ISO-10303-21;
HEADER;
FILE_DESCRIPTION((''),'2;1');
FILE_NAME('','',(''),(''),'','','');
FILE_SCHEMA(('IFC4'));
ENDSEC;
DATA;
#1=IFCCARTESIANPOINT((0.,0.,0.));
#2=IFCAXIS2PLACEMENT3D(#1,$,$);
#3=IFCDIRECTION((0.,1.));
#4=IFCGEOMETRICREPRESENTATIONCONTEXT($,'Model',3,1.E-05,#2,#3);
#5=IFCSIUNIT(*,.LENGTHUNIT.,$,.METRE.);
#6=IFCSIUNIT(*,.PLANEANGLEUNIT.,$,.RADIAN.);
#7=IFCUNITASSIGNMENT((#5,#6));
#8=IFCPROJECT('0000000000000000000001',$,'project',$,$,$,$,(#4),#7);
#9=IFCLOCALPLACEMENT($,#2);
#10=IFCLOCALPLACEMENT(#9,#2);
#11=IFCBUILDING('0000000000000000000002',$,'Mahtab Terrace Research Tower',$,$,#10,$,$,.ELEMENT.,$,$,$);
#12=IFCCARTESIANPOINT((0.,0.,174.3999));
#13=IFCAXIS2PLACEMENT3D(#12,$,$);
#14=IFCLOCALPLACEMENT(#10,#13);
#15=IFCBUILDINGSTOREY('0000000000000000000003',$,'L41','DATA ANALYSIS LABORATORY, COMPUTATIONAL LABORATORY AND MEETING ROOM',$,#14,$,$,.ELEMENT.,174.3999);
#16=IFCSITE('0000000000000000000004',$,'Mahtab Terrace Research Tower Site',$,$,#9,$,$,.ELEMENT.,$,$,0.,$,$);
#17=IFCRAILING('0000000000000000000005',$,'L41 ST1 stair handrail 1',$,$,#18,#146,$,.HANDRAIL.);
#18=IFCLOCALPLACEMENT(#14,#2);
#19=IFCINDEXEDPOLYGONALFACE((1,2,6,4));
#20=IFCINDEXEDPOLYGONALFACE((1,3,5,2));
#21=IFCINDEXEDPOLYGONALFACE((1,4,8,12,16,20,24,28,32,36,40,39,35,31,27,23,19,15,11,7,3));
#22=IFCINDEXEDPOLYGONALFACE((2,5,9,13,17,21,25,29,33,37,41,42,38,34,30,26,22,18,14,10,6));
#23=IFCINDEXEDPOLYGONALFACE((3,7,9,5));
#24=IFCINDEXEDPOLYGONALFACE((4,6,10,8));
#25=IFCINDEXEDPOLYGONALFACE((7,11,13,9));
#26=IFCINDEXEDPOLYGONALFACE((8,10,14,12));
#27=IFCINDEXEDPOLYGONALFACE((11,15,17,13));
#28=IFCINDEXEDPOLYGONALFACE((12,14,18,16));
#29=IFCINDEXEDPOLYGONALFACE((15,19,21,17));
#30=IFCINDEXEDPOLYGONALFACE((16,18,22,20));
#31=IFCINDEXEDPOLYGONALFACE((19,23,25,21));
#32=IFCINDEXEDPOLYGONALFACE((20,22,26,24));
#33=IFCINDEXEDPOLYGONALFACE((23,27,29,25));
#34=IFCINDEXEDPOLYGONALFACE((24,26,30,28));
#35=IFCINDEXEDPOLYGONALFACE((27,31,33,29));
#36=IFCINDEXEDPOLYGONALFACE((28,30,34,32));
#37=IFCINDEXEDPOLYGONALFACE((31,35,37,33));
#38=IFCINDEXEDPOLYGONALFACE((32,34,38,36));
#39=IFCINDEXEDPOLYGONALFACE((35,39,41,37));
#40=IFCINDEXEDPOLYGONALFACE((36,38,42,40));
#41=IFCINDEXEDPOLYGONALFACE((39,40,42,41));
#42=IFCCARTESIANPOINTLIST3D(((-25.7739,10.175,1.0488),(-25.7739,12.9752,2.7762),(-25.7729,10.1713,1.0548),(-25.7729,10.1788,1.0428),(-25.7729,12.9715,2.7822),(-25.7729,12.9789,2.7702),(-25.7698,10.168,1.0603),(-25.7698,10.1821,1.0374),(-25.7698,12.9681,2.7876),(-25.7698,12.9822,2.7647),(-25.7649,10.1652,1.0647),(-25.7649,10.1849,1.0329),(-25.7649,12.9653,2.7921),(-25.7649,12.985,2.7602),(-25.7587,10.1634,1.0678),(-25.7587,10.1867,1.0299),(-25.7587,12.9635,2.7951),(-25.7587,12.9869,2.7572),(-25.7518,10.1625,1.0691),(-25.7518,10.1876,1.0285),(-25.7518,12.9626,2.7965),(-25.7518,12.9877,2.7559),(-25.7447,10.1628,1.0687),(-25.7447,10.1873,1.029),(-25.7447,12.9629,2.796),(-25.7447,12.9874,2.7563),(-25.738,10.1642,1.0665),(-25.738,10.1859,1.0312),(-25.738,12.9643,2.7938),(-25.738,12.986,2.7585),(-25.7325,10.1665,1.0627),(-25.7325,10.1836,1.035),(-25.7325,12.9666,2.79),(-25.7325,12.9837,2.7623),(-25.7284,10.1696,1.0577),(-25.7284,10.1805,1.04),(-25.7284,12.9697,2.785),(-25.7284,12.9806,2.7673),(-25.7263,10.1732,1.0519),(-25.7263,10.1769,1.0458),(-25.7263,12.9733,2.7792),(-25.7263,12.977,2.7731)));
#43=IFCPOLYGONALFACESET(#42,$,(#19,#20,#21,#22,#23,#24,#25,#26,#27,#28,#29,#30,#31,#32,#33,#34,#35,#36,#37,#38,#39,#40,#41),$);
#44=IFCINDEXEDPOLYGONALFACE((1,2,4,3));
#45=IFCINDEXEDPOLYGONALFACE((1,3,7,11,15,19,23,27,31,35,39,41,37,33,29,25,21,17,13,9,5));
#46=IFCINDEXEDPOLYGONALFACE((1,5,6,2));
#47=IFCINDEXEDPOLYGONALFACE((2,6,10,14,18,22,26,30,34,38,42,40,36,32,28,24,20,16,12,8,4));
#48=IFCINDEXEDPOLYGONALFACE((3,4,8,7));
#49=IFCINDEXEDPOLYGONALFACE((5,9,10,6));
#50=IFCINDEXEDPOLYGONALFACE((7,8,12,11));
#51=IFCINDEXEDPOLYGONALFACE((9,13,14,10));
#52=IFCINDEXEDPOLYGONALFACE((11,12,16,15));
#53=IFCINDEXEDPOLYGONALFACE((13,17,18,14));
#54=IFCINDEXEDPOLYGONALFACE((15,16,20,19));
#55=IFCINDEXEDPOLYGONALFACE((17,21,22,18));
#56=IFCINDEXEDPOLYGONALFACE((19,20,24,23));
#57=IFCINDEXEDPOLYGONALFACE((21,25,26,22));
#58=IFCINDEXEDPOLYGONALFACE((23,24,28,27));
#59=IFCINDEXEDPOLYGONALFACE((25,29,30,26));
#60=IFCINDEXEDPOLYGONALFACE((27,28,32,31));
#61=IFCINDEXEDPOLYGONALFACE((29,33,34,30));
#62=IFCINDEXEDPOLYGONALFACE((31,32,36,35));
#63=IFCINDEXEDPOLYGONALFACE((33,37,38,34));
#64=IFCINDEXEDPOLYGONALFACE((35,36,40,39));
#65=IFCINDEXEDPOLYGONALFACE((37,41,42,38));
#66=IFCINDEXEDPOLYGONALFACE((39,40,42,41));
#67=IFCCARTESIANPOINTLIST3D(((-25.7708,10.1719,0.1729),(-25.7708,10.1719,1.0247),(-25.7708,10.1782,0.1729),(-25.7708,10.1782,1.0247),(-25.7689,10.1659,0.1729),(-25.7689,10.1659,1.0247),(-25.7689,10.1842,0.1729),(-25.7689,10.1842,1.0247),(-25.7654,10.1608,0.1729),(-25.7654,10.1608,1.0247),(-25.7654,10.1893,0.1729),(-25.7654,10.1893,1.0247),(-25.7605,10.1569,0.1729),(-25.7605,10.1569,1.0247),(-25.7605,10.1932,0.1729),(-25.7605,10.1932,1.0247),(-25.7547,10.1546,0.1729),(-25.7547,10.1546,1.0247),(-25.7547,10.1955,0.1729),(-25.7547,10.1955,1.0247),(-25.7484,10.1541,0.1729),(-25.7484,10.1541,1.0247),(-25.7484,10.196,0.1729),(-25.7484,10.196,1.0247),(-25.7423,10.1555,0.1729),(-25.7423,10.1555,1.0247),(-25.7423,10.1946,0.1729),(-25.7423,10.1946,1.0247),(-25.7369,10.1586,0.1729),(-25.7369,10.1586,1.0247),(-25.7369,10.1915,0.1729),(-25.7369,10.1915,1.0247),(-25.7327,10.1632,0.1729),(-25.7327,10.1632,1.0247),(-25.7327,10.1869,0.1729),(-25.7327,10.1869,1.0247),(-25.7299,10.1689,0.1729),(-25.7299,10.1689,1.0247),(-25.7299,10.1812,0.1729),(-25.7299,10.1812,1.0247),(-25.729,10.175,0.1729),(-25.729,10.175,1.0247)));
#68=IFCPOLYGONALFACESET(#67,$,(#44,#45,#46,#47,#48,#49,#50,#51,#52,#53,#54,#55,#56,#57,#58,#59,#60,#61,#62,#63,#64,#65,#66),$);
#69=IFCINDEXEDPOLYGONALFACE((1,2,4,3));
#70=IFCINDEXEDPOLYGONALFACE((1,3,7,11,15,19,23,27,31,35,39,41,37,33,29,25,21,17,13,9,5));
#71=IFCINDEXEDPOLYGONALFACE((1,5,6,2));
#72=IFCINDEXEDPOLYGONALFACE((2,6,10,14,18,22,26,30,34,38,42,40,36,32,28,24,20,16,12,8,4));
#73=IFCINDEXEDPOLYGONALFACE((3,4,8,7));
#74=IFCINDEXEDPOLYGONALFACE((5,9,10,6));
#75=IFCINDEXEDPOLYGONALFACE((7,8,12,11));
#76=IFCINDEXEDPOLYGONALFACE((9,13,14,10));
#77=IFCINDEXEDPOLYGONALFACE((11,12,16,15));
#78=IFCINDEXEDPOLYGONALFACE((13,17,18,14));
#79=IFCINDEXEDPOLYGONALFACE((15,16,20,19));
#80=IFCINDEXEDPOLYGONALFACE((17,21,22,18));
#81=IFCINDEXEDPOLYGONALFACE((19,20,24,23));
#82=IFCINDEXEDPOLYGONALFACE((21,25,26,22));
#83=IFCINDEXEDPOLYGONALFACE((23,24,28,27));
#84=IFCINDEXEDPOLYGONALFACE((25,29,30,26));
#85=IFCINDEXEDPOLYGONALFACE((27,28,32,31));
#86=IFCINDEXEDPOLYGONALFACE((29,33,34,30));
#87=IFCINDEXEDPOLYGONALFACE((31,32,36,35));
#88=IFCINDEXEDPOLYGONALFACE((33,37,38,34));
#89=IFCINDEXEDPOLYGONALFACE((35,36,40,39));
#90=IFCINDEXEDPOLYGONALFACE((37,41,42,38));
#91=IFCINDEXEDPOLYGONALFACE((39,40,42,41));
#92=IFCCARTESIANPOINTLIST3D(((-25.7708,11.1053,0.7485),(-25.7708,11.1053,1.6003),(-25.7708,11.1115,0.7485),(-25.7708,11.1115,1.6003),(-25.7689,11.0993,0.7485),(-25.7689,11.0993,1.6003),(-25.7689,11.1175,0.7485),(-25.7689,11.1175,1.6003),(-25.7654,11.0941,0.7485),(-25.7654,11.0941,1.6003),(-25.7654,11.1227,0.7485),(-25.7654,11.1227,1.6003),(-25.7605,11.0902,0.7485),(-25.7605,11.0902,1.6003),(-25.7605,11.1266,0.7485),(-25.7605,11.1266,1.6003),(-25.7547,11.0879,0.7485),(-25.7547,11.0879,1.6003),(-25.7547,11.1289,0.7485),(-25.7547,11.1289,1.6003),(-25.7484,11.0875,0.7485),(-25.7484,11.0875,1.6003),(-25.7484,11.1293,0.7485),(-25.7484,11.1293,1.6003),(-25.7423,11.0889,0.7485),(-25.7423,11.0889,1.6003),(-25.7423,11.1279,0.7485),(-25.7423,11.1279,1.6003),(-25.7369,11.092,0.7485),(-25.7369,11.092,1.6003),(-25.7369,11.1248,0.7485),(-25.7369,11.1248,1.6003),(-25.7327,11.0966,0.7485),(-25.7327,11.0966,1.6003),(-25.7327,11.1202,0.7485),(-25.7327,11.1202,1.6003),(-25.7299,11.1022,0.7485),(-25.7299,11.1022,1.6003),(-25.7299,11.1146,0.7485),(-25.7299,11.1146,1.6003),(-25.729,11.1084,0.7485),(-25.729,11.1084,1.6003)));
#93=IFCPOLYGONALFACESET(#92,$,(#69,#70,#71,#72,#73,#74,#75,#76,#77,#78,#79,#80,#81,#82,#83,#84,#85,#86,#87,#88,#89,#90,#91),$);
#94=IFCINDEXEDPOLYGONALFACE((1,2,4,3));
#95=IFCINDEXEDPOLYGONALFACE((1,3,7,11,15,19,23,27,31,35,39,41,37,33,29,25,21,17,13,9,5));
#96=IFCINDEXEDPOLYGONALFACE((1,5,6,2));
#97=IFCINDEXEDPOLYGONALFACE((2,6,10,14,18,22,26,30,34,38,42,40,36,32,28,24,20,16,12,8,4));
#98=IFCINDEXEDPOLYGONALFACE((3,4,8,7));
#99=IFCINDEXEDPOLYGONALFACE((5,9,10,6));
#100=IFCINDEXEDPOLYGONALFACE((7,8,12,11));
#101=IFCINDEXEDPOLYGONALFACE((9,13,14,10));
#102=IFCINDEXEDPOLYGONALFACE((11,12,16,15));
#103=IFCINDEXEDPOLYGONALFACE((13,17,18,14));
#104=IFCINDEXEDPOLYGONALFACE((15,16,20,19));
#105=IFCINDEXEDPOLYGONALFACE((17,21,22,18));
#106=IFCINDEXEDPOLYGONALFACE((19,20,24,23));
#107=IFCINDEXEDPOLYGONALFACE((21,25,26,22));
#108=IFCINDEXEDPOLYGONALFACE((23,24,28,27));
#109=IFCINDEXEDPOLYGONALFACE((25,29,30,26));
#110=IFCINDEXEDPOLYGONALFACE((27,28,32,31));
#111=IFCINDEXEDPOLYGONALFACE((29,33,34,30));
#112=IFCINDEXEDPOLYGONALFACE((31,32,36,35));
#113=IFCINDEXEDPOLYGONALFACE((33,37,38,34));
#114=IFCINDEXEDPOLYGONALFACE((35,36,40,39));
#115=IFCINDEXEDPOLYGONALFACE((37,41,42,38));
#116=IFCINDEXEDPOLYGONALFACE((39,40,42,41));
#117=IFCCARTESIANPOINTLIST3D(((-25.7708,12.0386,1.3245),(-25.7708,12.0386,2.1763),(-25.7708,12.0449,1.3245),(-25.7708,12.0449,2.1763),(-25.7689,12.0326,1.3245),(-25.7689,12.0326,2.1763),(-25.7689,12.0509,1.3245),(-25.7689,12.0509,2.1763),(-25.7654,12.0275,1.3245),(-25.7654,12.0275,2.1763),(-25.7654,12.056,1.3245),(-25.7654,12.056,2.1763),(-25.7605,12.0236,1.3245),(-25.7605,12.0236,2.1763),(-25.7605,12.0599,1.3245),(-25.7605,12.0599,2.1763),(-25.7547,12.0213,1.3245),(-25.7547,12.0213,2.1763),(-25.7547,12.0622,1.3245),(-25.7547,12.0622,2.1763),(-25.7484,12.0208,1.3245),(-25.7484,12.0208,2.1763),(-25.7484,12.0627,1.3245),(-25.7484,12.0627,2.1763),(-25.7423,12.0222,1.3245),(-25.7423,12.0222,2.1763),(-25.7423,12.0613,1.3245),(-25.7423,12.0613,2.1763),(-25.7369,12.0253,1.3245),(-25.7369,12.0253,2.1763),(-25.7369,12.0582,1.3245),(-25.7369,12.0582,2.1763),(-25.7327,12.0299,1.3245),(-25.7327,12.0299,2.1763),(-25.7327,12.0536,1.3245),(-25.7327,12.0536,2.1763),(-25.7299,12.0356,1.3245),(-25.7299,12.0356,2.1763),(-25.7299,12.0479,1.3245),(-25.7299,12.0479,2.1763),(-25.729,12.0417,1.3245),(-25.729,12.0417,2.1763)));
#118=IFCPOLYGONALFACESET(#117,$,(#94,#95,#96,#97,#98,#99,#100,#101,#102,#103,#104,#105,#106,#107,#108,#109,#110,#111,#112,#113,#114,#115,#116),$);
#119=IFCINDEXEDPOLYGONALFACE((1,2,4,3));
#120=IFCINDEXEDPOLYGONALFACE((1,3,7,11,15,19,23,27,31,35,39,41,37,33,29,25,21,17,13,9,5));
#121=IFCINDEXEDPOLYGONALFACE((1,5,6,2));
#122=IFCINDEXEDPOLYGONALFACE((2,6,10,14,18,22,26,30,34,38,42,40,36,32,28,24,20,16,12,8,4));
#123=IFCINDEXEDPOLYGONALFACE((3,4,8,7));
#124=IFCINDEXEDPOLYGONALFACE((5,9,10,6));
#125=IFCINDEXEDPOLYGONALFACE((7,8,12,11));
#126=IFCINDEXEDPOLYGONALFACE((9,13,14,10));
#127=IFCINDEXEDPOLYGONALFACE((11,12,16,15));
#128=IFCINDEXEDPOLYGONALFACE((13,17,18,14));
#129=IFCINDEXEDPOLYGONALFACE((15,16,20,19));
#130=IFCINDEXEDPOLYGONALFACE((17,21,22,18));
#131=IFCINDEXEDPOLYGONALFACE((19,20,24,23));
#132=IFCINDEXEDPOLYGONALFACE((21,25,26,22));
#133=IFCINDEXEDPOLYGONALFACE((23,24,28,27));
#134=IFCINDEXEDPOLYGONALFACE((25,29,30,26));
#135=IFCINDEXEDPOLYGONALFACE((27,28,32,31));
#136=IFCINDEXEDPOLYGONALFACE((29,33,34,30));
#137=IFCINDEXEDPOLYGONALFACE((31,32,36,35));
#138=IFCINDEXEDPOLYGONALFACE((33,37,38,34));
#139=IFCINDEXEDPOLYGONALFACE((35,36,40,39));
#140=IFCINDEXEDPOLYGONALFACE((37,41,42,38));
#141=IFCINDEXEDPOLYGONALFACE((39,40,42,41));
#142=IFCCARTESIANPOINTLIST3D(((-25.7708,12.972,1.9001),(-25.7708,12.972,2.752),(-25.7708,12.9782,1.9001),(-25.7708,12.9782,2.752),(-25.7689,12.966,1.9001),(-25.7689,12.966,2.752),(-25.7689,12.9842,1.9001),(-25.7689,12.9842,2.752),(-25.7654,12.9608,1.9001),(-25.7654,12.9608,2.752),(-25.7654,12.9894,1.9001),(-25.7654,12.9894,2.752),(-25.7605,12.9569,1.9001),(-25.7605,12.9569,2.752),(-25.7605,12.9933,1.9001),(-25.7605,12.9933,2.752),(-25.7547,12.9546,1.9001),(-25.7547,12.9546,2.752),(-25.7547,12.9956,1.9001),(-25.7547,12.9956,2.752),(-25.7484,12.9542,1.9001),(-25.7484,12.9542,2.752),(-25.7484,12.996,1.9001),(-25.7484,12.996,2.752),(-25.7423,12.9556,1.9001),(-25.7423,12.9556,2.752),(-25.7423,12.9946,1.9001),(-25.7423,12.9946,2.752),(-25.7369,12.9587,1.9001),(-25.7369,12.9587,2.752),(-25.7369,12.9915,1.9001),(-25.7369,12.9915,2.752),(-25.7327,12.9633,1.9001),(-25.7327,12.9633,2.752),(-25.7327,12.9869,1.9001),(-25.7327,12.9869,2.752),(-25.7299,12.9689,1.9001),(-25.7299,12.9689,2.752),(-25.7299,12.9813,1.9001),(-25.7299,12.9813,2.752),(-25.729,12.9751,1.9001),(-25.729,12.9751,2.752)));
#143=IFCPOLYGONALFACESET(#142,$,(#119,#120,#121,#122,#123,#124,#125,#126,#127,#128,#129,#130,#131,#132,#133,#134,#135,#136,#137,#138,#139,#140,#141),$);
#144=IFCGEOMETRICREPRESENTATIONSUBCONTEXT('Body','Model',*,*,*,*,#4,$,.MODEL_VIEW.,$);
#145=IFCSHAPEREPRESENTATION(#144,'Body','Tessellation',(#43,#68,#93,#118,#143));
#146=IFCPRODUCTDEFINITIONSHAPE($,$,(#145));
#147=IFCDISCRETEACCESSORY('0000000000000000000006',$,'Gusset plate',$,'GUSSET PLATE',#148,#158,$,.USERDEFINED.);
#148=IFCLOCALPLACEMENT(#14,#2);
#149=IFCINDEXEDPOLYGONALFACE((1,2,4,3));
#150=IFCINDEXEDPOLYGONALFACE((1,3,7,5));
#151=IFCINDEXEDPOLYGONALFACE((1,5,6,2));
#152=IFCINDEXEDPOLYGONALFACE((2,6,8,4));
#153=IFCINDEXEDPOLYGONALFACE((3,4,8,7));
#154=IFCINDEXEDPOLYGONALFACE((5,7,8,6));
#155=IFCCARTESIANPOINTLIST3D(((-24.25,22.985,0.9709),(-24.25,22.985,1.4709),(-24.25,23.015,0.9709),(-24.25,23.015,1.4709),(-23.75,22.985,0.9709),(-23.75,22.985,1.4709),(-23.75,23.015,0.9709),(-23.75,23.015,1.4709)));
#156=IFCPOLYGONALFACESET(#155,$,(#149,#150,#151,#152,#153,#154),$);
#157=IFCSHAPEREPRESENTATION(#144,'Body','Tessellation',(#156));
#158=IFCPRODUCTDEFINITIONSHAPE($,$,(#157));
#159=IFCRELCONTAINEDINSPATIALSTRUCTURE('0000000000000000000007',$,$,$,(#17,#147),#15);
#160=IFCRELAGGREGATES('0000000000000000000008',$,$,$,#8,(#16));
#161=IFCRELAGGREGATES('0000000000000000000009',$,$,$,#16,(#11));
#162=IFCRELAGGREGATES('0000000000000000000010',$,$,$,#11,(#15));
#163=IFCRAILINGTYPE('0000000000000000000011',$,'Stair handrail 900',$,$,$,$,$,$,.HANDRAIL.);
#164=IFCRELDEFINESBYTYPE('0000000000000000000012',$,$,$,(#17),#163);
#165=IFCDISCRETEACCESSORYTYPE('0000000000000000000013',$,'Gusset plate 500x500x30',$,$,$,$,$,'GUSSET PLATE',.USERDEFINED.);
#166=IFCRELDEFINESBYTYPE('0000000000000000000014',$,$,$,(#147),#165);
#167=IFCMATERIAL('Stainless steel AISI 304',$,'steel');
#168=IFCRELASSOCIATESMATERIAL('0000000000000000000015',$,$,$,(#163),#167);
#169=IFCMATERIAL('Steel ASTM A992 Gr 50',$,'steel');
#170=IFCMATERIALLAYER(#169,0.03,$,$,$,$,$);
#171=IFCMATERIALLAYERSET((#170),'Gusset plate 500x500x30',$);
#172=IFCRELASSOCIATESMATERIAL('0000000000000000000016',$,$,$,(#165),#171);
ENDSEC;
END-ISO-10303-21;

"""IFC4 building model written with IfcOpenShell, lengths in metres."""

from ifc_helpers import new_model, si_unit, direction, frame, origin, origin_2d, place, context, subcontext, project, spatial, rectangle, circle, extrude, material, layer, layer_set, type_object, element, save


model = new_model("IFC4")

# Units and contexts
model_context = context("Model", 3, precision=1e-05, world=origin(), true_north=direction((0.0, 1.0)))
body_context = subcontext(model_context, "Body", "Model", "MODEL_VIEW")
ifc_project = project(units=[si_unit("LENGTHUNIT", "METRE"), si_unit("PLANEANGLEUNIT", "RADIAN")], contexts=[model_context])

# Site, building, storey
site_placement = place(None, origin())
site = spatial("IfcSite", under=ifc_project, at=site_placement, Name="Mahtab Terrace Research Tower Site", CompositionType="ELEMENT", RefElevation=0.0)
building_placement = place(site_placement, origin())
building = spatial("IfcBuilding", under=site, at=building_placement, Name="Mahtab Terrace Research Tower", CompositionType="ELEMENT")
storey_placement = place(building_placement, frame((0.0, 0.0, 174.3999)))
storey = spatial("IfcBuildingStorey", under=building, at=storey_placement, Name="L41", Description="DATA ANALYSIS LABORATORY, COMPUTATIONAL LABORATORY AND MEETING ROOM", CompositionType="ELEMENT", Elevation=174.3999)

# Railing
ifc_material_1 = material(Name="Stainless steel AISI 304", Category="steel")
railing_type_1 = type_object("IfcRailingType", Name="Stair handrail 900", PredefinedType="HANDRAIL", material=ifc_material_1)
railing_1_placement = place(storey_placement, frame((-25.75, 10.175, 0.1729)))
element("IfcRailing", 1, at=railing_1_placement, inside=storey, type_object=railing_type_1, Name="L41 ST1 stair handrail 1", PredefinedType="HANDRAIL", context=body_context, shape_type="SweptSolid", body=[
    extrude(circle(Radius=0.0239, at=origin_2d()), frame((0.0, 0.0, 0.876), z_axis=(0.0, 0.85109, 0.52502), x_axis=(-1.0, 0.0, 0.0)), (0.0, 0.0, 1.0), 3.29),
    extrude(circle(Radius=0.021, at=origin_2d()), origin(), (0.0, 0.0, 1.0), 0.8518),
    extrude(circle(Radius=0.021, at=origin_2d()), frame((0.0, 0.9333, 0.5757)), (0.0, 0.0, 1.0), 0.8518),
    extrude(circle(Radius=0.021, at=origin_2d()), frame((0.0, 1.8667, 1.1516)), (0.0, 0.0, 1.0), 0.8518),
    extrude(circle(Radius=0.021, at=origin_2d()), frame((0.0, 2.8, 1.7273)), (0.0, 0.0, 1.0), 0.8518),
])

# Discrete accessory
ifc_material_2 = material(Name="Steel ASTM A992 Gr 50", Category="steel")
ifc_layer_1 = layer(ifc_material_2, 0.03)
ifc_layer_set_1 = layer_set([ifc_layer_1], Name="Gusset plate 500x500x30")
discrete_accessory_type = type_object("IfcDiscreteAccessoryType", Name="Gusset plate 500x500x30", ElementType="GUSSET PLATE", PredefinedType="USERDEFINED", material=ifc_layer_set_1)
discrete_accessory_placement = place(storey_placement, frame((-24.0, 23.0, 0.9709), z_axis=(0.0, 0.0, 1.0), x_axis=(1.0, 0.0, 0.0)))
element("IfcDiscreteAccessory", 2, at=discrete_accessory_placement, inside=storey, type_object=discrete_accessory_type, Name="Gusset plate", ObjectType="GUSSET PLATE", PredefinedType="USERDEFINED", context=body_context, shape_type="SweptSolid", body=[
    extrude(rectangle(XDim=0.5, YDim=0.03, at=origin_2d()), origin(), (0.0, 0.0, 1.0), 0.5),
])

save(model, "model.ifc")
